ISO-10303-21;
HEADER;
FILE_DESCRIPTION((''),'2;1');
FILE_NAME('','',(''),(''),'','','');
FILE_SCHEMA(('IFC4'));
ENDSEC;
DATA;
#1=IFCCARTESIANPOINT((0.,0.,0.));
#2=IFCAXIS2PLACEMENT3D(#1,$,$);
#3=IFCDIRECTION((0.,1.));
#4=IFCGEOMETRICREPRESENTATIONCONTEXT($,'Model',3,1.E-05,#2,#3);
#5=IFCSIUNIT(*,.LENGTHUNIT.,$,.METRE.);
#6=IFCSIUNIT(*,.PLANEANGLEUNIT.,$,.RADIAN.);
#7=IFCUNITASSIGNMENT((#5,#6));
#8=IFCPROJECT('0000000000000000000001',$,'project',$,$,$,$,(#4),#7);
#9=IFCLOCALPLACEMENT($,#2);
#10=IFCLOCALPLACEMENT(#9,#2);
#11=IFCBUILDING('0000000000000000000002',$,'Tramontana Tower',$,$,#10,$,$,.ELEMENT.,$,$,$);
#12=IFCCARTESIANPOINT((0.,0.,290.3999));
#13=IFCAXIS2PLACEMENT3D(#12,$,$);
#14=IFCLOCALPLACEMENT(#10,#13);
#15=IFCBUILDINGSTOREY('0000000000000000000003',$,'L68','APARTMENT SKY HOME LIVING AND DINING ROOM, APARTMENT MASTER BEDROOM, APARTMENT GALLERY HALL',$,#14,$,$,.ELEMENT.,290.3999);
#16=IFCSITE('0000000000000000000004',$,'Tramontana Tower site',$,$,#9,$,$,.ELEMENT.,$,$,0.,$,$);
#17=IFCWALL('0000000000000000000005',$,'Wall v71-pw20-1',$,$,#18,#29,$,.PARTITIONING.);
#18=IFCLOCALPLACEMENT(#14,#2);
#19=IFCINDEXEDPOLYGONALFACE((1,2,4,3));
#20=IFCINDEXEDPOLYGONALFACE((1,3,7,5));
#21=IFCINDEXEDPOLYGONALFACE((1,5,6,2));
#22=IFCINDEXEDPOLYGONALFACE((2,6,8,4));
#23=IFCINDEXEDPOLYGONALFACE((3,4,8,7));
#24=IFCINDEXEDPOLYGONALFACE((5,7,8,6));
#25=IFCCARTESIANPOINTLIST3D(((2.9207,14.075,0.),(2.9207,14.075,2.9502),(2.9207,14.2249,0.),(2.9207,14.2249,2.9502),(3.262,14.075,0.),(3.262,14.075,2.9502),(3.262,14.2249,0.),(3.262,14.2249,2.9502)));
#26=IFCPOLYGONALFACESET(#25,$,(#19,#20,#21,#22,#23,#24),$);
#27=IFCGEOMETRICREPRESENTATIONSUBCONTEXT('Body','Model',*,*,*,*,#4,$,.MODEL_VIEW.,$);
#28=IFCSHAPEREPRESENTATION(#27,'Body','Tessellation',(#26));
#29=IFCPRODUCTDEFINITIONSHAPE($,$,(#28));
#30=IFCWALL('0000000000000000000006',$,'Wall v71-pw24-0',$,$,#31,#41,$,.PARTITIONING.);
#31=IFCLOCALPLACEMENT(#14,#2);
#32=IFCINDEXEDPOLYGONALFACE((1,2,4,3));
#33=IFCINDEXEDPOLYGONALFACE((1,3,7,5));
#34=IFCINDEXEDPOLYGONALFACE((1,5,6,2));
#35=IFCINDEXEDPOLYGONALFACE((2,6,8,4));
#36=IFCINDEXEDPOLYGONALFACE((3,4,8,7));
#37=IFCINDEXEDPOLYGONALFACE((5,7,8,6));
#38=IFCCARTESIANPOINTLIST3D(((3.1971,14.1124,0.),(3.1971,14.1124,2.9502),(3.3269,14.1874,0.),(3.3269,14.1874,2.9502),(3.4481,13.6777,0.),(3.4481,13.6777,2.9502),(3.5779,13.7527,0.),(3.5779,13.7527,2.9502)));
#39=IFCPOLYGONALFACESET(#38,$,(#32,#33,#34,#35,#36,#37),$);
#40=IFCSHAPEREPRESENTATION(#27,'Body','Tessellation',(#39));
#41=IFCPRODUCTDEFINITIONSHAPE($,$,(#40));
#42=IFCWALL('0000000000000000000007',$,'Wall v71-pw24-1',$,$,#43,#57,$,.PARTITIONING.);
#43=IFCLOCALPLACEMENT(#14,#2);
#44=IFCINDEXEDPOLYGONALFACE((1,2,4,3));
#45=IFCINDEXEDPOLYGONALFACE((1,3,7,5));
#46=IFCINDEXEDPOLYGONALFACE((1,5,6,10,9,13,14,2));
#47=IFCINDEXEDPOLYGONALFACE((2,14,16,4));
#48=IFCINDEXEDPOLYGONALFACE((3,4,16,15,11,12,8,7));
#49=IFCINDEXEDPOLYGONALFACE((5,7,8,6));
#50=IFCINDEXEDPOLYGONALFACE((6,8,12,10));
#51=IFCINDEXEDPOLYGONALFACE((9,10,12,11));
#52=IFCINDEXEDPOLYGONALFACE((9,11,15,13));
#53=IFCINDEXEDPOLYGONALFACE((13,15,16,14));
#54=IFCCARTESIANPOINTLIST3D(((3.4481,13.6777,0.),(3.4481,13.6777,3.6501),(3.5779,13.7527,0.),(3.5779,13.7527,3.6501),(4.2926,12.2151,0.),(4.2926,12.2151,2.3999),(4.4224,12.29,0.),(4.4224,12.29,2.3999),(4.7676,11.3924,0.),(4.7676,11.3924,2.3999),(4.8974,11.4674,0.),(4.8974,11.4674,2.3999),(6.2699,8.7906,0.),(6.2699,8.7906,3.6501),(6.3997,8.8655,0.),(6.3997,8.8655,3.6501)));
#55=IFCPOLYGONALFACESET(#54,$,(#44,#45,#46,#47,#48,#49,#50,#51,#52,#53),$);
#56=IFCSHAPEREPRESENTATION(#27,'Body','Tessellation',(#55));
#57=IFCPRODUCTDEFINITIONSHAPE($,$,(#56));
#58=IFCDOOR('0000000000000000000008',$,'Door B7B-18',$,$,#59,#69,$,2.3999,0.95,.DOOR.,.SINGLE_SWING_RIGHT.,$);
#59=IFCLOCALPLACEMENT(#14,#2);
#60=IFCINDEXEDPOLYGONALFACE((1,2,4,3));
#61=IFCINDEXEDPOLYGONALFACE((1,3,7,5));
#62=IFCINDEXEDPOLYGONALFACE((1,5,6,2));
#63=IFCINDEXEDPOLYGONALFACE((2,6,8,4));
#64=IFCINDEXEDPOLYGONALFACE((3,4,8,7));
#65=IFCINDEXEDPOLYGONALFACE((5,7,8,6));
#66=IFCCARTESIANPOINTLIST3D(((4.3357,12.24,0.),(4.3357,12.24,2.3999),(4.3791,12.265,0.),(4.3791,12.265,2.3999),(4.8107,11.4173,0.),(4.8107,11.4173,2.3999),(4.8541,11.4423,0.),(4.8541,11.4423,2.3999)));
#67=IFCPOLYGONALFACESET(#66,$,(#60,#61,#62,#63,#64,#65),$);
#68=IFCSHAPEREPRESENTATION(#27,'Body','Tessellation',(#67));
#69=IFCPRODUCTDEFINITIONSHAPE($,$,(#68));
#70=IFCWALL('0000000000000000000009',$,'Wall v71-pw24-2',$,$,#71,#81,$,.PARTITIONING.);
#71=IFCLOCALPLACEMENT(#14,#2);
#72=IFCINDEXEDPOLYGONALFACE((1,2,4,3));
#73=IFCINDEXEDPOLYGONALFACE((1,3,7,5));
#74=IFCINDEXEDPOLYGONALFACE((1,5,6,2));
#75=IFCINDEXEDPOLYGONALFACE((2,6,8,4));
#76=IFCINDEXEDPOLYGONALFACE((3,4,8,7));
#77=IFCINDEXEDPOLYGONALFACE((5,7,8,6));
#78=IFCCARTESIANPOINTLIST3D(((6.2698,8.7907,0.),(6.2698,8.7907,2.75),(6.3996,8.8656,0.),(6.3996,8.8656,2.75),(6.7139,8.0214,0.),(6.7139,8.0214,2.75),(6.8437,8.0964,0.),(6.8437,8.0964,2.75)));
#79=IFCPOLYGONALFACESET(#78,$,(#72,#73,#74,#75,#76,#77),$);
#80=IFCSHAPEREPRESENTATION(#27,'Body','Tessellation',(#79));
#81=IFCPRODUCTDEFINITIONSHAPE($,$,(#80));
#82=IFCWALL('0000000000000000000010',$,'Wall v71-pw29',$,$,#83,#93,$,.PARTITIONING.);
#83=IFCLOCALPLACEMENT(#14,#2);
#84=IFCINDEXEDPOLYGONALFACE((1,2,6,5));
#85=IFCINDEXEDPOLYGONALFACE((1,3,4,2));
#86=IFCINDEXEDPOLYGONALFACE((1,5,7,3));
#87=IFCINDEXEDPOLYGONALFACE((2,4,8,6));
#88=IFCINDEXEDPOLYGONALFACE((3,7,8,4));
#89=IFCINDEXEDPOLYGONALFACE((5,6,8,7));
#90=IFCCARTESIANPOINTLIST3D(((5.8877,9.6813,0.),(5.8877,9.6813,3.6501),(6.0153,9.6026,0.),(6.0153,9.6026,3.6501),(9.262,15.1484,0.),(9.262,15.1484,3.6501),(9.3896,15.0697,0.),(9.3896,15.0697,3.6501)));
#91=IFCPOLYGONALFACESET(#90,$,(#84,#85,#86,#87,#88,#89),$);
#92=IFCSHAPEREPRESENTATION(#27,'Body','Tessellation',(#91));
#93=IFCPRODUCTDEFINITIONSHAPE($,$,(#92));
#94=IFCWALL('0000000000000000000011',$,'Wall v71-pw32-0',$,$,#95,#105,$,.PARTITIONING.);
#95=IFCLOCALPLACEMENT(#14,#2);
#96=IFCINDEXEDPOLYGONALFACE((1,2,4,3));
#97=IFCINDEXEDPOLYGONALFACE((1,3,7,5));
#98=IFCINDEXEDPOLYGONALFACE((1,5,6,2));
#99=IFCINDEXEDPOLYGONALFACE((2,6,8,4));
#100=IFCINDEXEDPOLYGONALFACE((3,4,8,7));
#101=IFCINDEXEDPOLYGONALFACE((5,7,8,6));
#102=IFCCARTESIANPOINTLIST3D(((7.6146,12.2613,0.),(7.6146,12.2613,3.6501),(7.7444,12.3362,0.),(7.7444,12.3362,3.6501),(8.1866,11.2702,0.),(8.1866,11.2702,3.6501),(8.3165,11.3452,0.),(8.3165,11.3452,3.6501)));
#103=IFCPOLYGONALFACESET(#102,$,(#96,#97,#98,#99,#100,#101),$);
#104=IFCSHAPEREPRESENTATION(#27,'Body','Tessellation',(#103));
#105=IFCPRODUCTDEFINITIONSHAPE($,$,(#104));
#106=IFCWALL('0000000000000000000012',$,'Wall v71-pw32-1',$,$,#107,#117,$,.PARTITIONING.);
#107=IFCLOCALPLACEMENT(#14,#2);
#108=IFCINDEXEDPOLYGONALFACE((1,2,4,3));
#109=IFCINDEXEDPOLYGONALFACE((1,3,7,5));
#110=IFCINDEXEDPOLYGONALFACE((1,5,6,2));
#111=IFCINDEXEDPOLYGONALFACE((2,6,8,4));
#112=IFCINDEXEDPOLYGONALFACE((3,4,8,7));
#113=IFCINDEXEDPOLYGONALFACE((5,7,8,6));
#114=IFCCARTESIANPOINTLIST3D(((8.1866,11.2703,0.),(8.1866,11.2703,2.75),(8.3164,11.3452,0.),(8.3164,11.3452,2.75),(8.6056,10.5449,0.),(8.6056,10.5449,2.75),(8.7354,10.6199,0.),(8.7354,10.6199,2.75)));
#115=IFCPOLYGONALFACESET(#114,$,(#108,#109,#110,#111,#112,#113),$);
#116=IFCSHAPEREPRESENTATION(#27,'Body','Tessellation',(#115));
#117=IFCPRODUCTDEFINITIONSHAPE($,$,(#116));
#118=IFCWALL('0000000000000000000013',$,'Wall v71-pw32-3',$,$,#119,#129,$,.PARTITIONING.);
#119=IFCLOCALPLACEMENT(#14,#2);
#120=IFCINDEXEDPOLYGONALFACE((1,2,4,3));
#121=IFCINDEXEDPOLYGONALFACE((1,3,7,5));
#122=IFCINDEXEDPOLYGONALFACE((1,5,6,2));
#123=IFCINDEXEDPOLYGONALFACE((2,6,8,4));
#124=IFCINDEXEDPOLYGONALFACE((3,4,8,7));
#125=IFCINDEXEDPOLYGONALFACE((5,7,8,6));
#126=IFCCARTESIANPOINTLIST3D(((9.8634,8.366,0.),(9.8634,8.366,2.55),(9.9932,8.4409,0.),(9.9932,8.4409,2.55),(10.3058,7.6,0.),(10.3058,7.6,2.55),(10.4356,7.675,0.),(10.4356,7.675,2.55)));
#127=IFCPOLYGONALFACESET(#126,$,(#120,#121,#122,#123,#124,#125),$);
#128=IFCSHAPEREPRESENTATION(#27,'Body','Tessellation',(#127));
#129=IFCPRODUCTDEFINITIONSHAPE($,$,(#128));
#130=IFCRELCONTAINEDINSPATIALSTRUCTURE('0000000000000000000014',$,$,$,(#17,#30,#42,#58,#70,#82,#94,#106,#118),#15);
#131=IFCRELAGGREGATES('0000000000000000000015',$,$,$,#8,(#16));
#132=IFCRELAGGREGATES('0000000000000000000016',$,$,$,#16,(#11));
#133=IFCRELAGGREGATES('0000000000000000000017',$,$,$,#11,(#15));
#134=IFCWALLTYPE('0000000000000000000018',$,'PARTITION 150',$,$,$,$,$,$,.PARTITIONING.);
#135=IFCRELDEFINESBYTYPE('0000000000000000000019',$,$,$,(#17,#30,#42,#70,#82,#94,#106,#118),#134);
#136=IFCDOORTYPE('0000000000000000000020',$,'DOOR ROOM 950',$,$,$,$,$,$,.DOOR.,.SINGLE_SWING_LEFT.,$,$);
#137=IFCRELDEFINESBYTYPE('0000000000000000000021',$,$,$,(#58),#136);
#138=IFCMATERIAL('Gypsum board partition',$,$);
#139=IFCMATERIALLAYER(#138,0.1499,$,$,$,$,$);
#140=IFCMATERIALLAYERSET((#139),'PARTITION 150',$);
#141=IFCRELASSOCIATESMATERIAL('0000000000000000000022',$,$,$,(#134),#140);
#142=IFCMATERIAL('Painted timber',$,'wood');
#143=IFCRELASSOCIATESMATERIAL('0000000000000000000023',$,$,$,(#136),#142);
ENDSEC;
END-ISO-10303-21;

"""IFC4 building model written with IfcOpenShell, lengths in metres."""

from ifc_helpers import new_model, si_unit, direction, frame, frame_2d, origin, place, context, subcontext, project, spatial, rectangle, extrude, material, layer, layer_set, type_object, element, fill, save


model = new_model("IFC4")

# Units and contexts
model_context = context("Model", 3, precision=1e-05, world=origin(), true_north=direction((0.0, 1.0)))
body_context = subcontext(model_context, "Body", "Model", "MODEL_VIEW")
ifc_project = project(units=[si_unit("LENGTHUNIT", "METRE"), si_unit("PLANEANGLEUNIT", "RADIAN")], contexts=[model_context])

# Site, building, storey
site_placement = place(None, origin())
site = spatial("IfcSite", under=ifc_project, at=site_placement, Name="Tramontana Tower site", CompositionType="ELEMENT", RefElevation=0.0)
building_placement = place(site_placement, origin())
building = spatial("IfcBuilding", under=site, at=building_placement, Name="Tramontana Tower", CompositionType="ELEMENT")
storey_placement = place(building_placement, frame((0.0, 0.0, 290.3999)))
storey = spatial("IfcBuildingStorey", under=building, at=storey_placement, Name="L68", Description="APARTMENT SKY HOME LIVING AND DINING ROOM, APARTMENT MASTER BEDROOM, APARTMENT GALLERY HALL", CompositionType="ELEMENT", Elevation=290.3999)

# Walls
ifc_material_1 = material(Name="Gypsum board partition")
ifc_layer_1 = layer(ifc_material_1, 0.1499)
ifc_layer_set_1 = layer_set([ifc_layer_1], Name="PARTITION 150")
wall_type_1 = type_object("IfcWallType", Name="PARTITION 150", PredefinedType="PARTITIONING", material=ifc_layer_set_1)
wall_1_placement = place(storey_placement, frame((2.9207, 14.1499, 0.0), z_axis=(0.0, 0.0, 1.0), x_axis=(1.0, 0.0, 0.0)))
element("IfcWall", 1, at=wall_1_placement, inside=storey, type_object=wall_type_1, Name="Wall v71-pw20-1", PredefinedType="PARTITIONING", context=body_context, shape_type="SweptSolid", body=[
    extrude(rectangle(XDim=0.3413, YDim=0.1499, at=frame_2d((0.1707, 0.0))), origin(), (0.0, 0.0, 1.0), 2.9502),
])
wall_2_placement = place(storey_placement, frame((3.262, 14.1499, 0.0), z_axis=(0.0, 0.0, 1.0), x_axis=(0.500115, -0.865959, 0.0)))
element("IfcWall", 2, at=wall_2_placement, inside=storey, type_object=wall_type_1, Name="Wall v71-pw24-0", PredefinedType="PARTITIONING", context=body_context, shape_type="SweptSolid", body=[
    extrude(rectangle(XDim=0.502, YDim=0.1499, at=frame_2d((0.251, 0.0))), origin(), (0.0, 0.0, 1.0), 2.9502),
])

# Wall, opening, door
wall_3_placement = place(storey_placement, frame((3.5129, 13.7153, 0.0), z_axis=(0.0, 0.0, 1.0), x_axis=(0.50002, -0.866014, 0.0)))
wall_3 = element("IfcWall", 3, at=wall_3_placement, inside=storey, type_object=wall_type_1, Name="Wall v71-pw24-1", PredefinedType="PARTITIONING", context=body_context, shape_type="SweptSolid", body=[
    extrude(rectangle(XDim=5.6433, YDim=0.1499, at=frame_2d((2.8218, 0.0))), origin(), (0.0, 0.0, 1.0), 3.6501),
])
opening_1_placement = place(wall_3_placement, frame((1.689, 0.0, 0.0)))
opening_1 = element("IfcOpeningElement", 4, at=opening_1_placement, cuts=wall_3, PredefinedType="OPENING", context=body_context, shape_type="SweptSolid", body=[
    extrude(rectangle(XDim=0.95, YDim=2.3999, at=frame_2d((0.4751, 1.2))), frame((0.0, 0.085, 0.0), z_axis=(0.0, -1.0, 0.0), x_axis=(1.0, 0.0, 0.0)), (0.0, 0.0, 1.0), 0.1699),
])
ifc_material_2 = material(Name="Painted timber", Category="wood")
door_type_1 = type_object("IfcDoorType", Name="DOOR ROOM 950", OperationType="SINGLE_SWING_LEFT", PredefinedType="DOOR", material=ifc_material_2)
door_1_placement = place(opening_1_placement, origin())
door_1 = element("IfcDoor", 5, at=door_1_placement, inside=storey, type_object=door_type_1, Name="Door B7B-18", OperationType="SINGLE_SWING_RIGHT", OverallHeight=2.3999, OverallWidth=0.95, PredefinedType="DOOR", context=body_context, shape_type="SweptSolid", body=[
    extrude(rectangle(XDim=0.95, YDim=2.3999, at=frame_2d((0.4751, 1.2))), frame((0.0, 0.0249, 0.0), z_axis=(0.0, -1.0, 0.0), x_axis=(1.0, 0.0, 0.0)), (0.0, 0.0, 1.0), 0.05),
])
fill(opening_1, door_1)

# Walls
wall_4_placement = place(storey_placement, frame((6.3347, 8.8281, 0.0), z_axis=(0.0, 0.0, 1.0), x_axis=(0.499952, -0.866053, 0.0)))
element("IfcWall", 6, at=wall_4_placement, inside=storey, type_object=wall_type_1, Name="Wall v71-pw24-2", PredefinedType="PARTITIONING", context=body_context, shape_type="SweptSolid", body=[
    extrude(rectangle(XDim=0.8882, YDim=0.1499, at=frame_2d((0.4441, 0.0))), origin(), (0.0, 0.0, 1.0), 2.75),
])
wall_5_placement = place(storey_placement, frame((5.9514, 9.6418, 0.0), z_axis=(0.0, 0.0, 1.0), x_axis=(0.525219, 0.850967, 0.0)))
element("IfcWall", 7, at=wall_5_placement, inside=storey, type_object=wall_type_1, Name="Wall v71-pw29", PredefinedType="PARTITIONING", context=body_context, shape_type="SweptSolid", body=[
    extrude(rectangle(XDim=6.4246, YDim=0.1499, at=frame_2d((3.2124, 0.0))), origin(), (0.0, 0.0, 1.0), 3.6501),
])
wall_6_placement = place(storey_placement, frame((7.6794, 12.2988, 0.0), z_axis=(0.0, 0.0, 1.0), x_axis=(0.499926, -0.866068, 0.0)))
element("IfcWall", 8, at=wall_6_placement, inside=storey, type_object=wall_type_1, Name="Wall v71-pw32-0", PredefinedType="PARTITIONING", context=body_context, shape_type="SweptSolid", body=[
    extrude(rectangle(XDim=1.1443, YDim=0.1499, at=frame_2d((0.5723, 0.0))), origin(), (0.0, 0.0, 1.0), 3.6501),
])
wall_7_placement = place(storey_placement, frame((8.2515, 11.3079, 0.0), z_axis=(0.0, 0.0, 1.0), x_axis=(0.500151, -0.865938, 0.0)))
element("IfcWall", 9, at=wall_7_placement, inside=storey, type_object=wall_type_1, Name="Wall v71-pw32-1", PredefinedType="PARTITIONING", context=body_context, shape_type="SweptSolid", body=[
    extrude(rectangle(XDim=0.8376, YDim=0.1499, at=frame_2d((0.4189, 0.0))), origin(), (0.0, 0.0, 1.0), 2.75),
])

# Wall
wall_8_placement = place(storey_placement, frame((9.9282, 8.4036, 0.0), z_axis=(0.0, 0.0, 1.0), x_axis=(0.500176, -0.865924, 0.0)))
element("IfcWall", 10, at=wall_8_placement, inside=storey, type_object=wall_type_1, Name="Wall v71-pw32-3", PredefinedType="PARTITIONING", context=body_context, shape_type="SweptSolid", body=[
    extrude(rectangle(XDim=0.8845, YDim=0.1499, at=frame_2d((0.4424, 0.0))), origin(), (0.0, 0.0, 1.0), 2.55),
])

save(model, "model.ifc")
